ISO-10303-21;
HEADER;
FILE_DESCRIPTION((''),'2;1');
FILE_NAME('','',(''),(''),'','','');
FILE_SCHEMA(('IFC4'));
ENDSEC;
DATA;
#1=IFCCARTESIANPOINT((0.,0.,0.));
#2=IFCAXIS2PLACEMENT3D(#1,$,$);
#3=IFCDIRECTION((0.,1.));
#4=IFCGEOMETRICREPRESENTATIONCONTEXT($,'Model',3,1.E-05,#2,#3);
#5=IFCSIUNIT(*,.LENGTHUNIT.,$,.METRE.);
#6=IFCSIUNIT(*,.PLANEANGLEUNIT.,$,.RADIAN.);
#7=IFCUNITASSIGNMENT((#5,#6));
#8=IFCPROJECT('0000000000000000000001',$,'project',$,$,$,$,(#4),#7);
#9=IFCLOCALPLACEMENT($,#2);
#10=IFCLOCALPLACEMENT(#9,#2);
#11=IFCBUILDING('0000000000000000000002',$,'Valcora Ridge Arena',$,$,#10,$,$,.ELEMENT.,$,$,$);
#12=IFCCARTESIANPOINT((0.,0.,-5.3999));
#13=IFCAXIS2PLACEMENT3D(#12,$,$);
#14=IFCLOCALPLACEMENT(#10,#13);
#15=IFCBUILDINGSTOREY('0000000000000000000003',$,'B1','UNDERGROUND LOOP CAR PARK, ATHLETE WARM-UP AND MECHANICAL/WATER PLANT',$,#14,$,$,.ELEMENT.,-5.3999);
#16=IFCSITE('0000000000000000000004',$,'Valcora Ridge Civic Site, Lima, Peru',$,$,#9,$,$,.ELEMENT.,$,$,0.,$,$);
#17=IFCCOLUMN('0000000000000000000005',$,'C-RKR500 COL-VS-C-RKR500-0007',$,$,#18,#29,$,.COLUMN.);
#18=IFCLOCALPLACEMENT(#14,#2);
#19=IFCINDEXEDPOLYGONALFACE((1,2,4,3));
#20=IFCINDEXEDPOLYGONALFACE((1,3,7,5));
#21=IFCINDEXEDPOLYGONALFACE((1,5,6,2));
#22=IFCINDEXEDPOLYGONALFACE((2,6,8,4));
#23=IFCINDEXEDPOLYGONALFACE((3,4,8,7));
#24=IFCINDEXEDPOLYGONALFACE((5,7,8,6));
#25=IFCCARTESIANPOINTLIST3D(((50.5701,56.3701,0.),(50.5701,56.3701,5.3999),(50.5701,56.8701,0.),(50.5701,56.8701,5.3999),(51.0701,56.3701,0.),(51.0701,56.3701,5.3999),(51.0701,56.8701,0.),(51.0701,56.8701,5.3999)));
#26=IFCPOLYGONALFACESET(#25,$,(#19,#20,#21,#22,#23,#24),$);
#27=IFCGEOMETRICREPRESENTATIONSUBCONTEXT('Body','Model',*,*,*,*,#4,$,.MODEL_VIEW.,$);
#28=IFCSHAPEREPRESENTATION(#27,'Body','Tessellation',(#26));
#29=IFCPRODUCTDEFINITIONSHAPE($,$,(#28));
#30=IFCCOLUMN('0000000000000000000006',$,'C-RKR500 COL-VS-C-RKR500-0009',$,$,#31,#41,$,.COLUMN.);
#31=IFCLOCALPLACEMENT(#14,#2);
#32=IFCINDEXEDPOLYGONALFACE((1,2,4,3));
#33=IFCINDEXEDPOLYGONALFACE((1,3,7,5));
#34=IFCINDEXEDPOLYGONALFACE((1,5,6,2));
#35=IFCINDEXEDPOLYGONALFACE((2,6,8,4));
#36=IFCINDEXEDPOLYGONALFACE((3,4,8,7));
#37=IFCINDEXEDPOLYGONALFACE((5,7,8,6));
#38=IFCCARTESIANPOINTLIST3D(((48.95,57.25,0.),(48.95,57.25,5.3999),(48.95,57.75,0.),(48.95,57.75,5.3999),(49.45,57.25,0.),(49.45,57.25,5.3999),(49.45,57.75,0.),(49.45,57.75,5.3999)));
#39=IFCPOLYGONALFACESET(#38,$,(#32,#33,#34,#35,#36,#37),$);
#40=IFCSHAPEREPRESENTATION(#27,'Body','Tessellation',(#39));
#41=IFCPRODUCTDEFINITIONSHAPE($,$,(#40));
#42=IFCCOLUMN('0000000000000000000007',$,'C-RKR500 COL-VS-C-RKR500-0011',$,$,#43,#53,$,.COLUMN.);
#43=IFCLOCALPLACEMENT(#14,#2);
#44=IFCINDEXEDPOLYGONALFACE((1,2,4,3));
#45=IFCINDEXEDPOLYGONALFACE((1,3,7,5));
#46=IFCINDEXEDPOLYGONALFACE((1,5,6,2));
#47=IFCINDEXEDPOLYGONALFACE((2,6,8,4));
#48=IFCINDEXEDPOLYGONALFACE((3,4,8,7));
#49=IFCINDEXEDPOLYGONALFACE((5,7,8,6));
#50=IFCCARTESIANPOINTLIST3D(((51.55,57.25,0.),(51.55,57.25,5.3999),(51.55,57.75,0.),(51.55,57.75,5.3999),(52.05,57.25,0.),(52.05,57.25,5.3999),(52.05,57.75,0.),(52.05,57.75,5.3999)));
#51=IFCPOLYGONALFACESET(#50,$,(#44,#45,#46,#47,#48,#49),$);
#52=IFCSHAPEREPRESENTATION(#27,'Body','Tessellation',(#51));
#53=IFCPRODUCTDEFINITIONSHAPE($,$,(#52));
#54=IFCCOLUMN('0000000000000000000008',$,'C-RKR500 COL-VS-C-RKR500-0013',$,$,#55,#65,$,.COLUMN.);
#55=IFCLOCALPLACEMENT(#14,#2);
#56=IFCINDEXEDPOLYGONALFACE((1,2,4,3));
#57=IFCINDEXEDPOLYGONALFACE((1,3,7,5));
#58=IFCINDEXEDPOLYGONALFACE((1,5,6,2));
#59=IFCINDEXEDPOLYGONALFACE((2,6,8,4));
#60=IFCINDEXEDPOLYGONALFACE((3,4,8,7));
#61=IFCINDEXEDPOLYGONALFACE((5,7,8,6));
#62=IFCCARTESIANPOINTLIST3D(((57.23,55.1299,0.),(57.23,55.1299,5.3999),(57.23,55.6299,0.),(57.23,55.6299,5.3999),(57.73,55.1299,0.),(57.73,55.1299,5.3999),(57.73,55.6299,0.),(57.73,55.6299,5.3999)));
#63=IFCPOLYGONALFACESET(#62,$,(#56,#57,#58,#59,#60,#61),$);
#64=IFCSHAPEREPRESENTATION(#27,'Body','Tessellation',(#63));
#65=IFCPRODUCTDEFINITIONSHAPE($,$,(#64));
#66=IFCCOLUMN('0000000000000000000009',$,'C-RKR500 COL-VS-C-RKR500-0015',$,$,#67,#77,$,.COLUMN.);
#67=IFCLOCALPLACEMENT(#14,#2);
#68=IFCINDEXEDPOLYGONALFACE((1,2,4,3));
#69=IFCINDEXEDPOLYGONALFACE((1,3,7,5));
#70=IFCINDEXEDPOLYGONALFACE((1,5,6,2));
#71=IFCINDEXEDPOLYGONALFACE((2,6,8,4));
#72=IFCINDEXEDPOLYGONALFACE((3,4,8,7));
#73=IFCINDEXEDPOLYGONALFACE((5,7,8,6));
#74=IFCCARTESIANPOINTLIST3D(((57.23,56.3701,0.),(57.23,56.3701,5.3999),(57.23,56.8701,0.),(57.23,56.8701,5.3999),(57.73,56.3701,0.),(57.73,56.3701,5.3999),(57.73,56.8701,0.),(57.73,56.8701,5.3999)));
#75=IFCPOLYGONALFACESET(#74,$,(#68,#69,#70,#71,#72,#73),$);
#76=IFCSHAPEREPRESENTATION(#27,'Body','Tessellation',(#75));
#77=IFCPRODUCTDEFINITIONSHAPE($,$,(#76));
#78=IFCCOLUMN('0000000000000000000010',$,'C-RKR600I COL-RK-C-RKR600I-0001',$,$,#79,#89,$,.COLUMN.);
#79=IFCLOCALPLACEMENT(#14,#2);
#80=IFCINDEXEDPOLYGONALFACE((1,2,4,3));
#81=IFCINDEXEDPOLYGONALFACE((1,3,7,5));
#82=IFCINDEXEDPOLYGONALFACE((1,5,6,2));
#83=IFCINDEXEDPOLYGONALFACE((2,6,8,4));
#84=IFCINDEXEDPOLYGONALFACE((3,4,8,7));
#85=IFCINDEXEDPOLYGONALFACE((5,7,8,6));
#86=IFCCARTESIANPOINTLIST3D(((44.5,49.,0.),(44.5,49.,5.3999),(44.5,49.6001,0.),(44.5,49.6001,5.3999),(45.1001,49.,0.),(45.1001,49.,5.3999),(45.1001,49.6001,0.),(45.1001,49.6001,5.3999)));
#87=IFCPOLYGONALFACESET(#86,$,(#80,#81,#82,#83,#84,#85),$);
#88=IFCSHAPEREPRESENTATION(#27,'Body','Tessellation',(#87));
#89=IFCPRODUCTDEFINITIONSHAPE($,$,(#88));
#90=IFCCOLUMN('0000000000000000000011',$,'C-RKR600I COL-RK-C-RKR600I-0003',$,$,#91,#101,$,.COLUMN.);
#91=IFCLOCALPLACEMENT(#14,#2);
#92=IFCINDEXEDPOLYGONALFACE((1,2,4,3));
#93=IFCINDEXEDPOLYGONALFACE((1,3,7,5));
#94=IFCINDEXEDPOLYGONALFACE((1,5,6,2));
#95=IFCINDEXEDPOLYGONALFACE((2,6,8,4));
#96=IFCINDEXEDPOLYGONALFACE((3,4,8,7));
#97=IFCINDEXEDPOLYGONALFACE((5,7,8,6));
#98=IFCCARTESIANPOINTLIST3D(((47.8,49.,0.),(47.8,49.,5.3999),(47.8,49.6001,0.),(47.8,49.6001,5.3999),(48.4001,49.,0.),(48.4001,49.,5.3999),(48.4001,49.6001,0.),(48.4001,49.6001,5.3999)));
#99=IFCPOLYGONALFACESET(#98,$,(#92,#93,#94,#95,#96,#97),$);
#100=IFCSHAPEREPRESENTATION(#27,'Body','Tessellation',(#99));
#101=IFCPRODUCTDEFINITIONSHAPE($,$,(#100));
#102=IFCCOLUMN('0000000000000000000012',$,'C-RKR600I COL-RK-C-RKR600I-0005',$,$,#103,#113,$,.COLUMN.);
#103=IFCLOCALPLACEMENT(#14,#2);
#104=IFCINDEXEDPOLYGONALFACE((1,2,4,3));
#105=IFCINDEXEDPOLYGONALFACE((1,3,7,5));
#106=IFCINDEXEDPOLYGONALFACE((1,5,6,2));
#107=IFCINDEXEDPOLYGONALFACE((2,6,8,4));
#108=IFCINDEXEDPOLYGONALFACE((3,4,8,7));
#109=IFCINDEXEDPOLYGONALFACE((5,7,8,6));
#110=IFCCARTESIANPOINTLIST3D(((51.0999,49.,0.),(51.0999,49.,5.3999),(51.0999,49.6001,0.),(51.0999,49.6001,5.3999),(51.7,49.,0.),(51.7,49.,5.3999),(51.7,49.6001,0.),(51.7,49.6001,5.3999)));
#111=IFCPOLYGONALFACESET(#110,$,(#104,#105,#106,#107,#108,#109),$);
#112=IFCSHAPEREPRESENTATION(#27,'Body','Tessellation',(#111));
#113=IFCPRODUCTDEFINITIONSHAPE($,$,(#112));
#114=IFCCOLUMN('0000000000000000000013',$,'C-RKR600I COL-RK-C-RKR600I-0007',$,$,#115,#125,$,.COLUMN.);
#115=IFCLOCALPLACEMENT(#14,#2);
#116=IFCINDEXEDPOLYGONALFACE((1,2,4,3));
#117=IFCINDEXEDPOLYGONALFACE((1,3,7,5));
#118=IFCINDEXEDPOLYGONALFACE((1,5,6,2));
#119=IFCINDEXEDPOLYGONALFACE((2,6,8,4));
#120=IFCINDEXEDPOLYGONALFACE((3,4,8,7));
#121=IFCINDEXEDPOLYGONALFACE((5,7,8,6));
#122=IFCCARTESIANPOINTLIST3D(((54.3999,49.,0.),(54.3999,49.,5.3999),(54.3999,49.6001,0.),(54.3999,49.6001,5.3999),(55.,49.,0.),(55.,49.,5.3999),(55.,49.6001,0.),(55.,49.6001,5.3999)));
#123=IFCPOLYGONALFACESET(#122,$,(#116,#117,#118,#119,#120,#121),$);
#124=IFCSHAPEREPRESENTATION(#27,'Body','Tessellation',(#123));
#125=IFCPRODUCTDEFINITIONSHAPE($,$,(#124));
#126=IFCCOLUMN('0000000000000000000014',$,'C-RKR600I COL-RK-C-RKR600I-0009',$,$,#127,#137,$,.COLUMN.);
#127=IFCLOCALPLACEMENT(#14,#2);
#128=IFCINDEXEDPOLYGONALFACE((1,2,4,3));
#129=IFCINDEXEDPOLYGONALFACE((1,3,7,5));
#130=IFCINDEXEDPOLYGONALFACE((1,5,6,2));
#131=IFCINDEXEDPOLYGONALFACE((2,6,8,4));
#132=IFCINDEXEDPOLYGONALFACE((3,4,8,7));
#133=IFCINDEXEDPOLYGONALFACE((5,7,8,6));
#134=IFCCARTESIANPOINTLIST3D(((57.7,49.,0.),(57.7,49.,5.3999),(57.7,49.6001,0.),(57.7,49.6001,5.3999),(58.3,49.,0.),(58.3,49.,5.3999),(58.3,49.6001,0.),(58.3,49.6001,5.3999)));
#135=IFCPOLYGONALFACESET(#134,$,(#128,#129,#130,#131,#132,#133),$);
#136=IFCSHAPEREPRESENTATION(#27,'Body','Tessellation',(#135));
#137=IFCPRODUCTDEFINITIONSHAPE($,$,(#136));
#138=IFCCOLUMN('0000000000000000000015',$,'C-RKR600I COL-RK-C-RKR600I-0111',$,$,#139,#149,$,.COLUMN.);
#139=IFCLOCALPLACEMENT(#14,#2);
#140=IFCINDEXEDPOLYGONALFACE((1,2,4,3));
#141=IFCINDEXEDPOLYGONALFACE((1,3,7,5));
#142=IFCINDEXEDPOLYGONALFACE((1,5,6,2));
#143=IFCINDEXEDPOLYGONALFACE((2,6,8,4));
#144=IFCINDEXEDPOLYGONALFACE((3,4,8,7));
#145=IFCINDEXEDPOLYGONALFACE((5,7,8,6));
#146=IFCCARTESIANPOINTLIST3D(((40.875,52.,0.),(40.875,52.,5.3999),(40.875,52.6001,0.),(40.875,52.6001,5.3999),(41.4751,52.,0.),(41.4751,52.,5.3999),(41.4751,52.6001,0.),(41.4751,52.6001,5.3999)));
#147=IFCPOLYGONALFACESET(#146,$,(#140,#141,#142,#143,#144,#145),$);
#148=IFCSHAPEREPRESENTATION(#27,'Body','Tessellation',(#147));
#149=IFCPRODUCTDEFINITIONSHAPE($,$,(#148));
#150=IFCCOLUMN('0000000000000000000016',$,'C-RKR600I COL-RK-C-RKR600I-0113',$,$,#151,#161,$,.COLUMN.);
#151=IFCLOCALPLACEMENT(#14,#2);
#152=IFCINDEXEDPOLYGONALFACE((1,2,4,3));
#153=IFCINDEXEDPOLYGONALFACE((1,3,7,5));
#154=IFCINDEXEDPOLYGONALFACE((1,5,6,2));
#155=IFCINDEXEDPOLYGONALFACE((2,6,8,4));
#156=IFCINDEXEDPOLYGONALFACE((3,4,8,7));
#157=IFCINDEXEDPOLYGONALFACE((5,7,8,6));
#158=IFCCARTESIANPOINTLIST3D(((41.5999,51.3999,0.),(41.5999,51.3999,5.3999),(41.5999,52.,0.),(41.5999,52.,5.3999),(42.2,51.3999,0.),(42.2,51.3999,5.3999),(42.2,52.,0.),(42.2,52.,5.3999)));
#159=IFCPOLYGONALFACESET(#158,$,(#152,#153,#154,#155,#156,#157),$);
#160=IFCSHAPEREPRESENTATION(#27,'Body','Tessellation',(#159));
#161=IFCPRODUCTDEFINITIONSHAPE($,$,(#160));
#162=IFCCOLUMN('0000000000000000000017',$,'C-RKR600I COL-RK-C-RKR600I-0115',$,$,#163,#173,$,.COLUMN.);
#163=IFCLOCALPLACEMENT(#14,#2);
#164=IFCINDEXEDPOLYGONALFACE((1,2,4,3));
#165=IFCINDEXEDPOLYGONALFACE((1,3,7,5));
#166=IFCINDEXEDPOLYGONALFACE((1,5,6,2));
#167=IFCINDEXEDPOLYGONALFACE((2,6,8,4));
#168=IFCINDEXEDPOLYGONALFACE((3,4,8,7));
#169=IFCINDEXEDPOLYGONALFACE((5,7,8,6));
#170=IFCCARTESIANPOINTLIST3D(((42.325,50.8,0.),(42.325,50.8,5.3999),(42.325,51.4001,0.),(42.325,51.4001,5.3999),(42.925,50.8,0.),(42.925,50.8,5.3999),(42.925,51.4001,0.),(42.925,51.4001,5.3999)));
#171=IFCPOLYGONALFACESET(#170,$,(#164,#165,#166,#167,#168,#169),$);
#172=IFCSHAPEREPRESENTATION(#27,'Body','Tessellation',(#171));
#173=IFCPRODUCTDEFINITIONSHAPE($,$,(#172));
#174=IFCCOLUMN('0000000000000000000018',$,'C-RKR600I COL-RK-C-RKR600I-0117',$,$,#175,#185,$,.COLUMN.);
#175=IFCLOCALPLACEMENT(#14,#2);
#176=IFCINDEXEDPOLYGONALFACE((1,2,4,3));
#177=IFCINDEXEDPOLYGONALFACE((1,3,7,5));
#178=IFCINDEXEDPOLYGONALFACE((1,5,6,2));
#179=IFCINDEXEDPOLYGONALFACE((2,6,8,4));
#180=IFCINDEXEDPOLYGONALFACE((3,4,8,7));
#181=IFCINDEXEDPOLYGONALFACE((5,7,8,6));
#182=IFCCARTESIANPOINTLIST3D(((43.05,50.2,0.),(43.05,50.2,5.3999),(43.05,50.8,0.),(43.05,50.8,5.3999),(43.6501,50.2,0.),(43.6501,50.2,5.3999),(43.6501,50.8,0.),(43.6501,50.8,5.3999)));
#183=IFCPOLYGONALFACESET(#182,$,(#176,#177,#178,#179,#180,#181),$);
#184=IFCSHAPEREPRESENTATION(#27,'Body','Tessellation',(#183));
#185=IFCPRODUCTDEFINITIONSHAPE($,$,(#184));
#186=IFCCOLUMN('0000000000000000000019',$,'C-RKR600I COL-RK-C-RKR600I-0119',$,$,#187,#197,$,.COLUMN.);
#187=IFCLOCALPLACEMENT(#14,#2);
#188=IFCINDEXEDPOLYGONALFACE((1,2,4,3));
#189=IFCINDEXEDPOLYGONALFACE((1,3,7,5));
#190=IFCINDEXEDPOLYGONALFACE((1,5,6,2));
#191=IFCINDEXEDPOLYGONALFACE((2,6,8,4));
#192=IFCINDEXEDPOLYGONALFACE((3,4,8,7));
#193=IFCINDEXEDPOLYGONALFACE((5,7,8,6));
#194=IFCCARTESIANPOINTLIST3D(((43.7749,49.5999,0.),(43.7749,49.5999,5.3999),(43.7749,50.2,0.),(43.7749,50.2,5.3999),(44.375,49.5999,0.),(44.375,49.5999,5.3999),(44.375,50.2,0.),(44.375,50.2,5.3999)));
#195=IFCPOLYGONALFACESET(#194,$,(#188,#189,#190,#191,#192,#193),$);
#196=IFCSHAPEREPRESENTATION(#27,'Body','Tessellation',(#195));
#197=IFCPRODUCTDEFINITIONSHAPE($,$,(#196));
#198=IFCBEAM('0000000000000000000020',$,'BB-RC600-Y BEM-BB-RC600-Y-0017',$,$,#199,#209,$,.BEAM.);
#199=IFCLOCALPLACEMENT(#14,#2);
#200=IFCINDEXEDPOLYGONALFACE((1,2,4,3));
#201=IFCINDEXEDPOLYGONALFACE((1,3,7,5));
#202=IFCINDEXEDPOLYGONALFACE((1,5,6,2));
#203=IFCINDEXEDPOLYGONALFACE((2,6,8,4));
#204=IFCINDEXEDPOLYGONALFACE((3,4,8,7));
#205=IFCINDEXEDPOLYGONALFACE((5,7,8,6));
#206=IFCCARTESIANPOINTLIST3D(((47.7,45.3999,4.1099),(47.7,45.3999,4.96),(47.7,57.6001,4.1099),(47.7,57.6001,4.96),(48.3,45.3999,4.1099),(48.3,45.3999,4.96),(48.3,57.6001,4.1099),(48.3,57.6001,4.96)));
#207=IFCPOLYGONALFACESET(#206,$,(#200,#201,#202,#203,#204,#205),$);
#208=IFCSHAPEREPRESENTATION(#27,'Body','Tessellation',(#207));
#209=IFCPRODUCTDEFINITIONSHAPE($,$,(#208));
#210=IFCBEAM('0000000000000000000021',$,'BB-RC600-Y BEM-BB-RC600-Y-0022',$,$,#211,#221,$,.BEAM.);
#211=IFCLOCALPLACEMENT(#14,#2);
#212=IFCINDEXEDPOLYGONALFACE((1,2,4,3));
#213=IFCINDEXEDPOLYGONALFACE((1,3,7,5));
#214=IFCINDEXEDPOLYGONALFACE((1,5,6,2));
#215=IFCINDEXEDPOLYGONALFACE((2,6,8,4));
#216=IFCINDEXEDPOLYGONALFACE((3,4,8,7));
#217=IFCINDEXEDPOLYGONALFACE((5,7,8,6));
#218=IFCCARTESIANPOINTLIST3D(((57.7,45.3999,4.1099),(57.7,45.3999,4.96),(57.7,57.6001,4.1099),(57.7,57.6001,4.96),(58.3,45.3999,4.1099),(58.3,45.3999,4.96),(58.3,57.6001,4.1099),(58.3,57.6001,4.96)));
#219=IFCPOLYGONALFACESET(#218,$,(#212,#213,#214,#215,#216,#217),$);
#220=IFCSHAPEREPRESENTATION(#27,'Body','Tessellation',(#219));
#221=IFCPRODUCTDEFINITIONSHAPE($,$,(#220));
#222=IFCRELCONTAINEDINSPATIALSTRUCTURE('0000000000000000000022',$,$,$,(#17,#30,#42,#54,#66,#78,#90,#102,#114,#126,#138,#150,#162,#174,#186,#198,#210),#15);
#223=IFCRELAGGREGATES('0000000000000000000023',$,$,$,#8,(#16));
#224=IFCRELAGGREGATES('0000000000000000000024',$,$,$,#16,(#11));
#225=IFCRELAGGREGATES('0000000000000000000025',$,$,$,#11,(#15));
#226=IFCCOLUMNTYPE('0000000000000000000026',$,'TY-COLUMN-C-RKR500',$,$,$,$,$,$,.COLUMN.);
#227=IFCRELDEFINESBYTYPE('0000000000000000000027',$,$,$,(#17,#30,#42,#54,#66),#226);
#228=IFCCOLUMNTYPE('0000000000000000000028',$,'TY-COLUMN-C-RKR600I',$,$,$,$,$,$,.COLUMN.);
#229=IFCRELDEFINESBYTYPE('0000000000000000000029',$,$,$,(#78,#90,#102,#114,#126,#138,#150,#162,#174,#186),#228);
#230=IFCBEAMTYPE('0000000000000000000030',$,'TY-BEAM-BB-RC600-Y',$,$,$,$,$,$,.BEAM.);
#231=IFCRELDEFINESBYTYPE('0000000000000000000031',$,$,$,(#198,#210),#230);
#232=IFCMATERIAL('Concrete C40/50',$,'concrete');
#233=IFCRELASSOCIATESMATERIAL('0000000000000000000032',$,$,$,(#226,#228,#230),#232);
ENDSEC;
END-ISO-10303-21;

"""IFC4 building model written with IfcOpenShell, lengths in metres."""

from ifc_helpers import new_model, si_unit, direction, frame, origin, origin_2d, place, context, subcontext, project, spatial, rectangle, extrude, material, material_profile, profile_set, type_object, element, save


model = new_model("IFC4")

# Units and contexts
model_context = context("Model", 3, precision=1e-05, world=origin(), true_north=direction((0.0, 1.0)))
body_context = subcontext(model_context, "Body", "Model", "MODEL_VIEW")
ifc_project = project(units=[si_unit("LENGTHUNIT", "METRE"), si_unit("PLANEANGLEUNIT", "RADIAN")], contexts=[model_context])

# Site, building, storey
site_placement = place(None, origin())
site = spatial("IfcSite", under=ifc_project, at=site_placement, Name="Valcora Ridge Civic Site, Lima, Peru", CompositionType="ELEMENT", RefElevation=0.0)
building_placement = place(site_placement, origin())
building = spatial("IfcBuilding", under=site, at=building_placement, Name="Valcora Ridge Arena", CompositionType="ELEMENT")
storey_placement = place(building_placement, frame((0.0, 0.0, -5.3999)))
storey = spatial("IfcBuildingStorey", under=building, at=storey_placement, Name="B1", Description="UNDERGROUND LOOP CAR PARK, ATHLETE WARM-UP AND MECHANICAL/WATER PLANT", CompositionType="ELEMENT", Elevation=-5.3999)

# Shared definitions
ifc_material_1 = material(Name="Concrete C40/50", Category="concrete")

# Columns
ifc_material_profile_1 = material_profile(ifc_material_1, rectangle(XDim=0.5, YDim=0.5, at=origin_2d()), Name="RC 500x500")
ifc_profile_set_1 = profile_set([ifc_material_profile_1], Name="Concrete C40/50")
column_type_1 = type_object("IfcColumnType", Name="TY-COLUMN-C-RKR500", PredefinedType="COLUMN", material=ifc_profile_set_1)
for number, where, z_axis, x_axis, name in (
    (1, (50.8201, 56.6201, 0.0), (0.0, 0.0, 1.0), (1.0, 0.0, 0.0), "C-RKR500 COL-VS-C-RKR500-0007"),
    (2, (49.2, 57.5, 0.0), (0.0, 0.0, 1.0), (1.0, 0.0, 0.0), "C-RKR500 COL-VS-C-RKR500-0009"),
    (3, (51.8, 57.5, 0.0), (0.0, 0.0, 1.0), (1.0, 0.0, 0.0), "C-RKR500 COL-VS-C-RKR500-0011"),
    (4, (57.48, 55.3799, 0.0), (0.0, 0.0, 1.0), (1.0, 0.0, 0.0), "C-RKR500 COL-VS-C-RKR500-0013"),
    (5, (57.48, 56.6201, 0.0), (0.0, 0.0, 1.0), (1.0, 0.0, 0.0), "C-RKR500 COL-VS-C-RKR500-0015"),
):
    element("IfcColumn", number, at=place(storey_placement, frame(where, z_axis=z_axis, x_axis=x_axis)), inside=storey, type_object=column_type_1, Name=name, PredefinedType="COLUMN", context=body_context, shape_type="SweptSolid", body=[
        extrude(rectangle(XDim=0.5, YDim=0.5, at=origin_2d()), origin(), (0.0, 0.0, 1.0), 5.3999),
    ])
ifc_material_profile_2 = material_profile(ifc_material_1, rectangle(XDim=0.6001, YDim=0.6001, at=origin_2d()), Name="RC 600x600")
ifc_profile_set_2 = profile_set([ifc_material_profile_2], Name="Concrete C40/50")
column_type_2 = type_object("IfcColumnType", Name="TY-COLUMN-C-RKR600I", PredefinedType="COLUMN", material=ifc_profile_set_2)
for number, where, z_axis, x_axis, name in (
    (6, (44.8, 49.3, 0.0), (0.0, 0.0, 1.0), (1.0, 0.0, 0.0), "C-RKR600I COL-RK-C-RKR600I-0001"),
    (7, (48.1001, 49.3, 0.0), (0.0, 0.0, 1.0), (1.0, 0.0, 0.0), "C-RKR600I COL-RK-C-RKR600I-0003"),
    (8, (51.3999, 49.3, 0.0), (0.0, 0.0, 1.0), (1.0, 0.0, 0.0), "C-RKR600I COL-RK-C-RKR600I-0005"),
    (9, (54.7, 49.3, 0.0), (0.0, 0.0, 1.0), (1.0, 0.0, 0.0), "C-RKR600I COL-RK-C-RKR600I-0007"),
    (10, (58.0, 49.3, 0.0), (0.0, 0.0, 1.0), (1.0, 0.0, 0.0), "C-RKR600I COL-RK-C-RKR600I-0009"),
    (11, (41.175, 52.3, 0.0), (0.0, 0.0, 1.0), (1.0, 0.0, 0.0), "C-RKR600I COL-RK-C-RKR600I-0111"),
    (12, (41.8999, 51.7, 0.0), (0.0, 0.0, 1.0), (1.0, 0.0, 0.0), "C-RKR600I COL-RK-C-RKR600I-0113"),
    (13, (42.625, 51.1001, 0.0), (0.0, 0.0, 1.0), (1.0, 0.0, 0.0), "C-RKR600I COL-RK-C-RKR600I-0115"),
    (14, (43.3501, 50.5, 0.0), (0.0, 0.0, 1.0), (1.0, 0.0, 0.0), "C-RKR600I COL-RK-C-RKR600I-0117"),
    (15, (44.075, 49.8999, 0.0), (0.0, 0.0, 1.0), (1.0, 0.0, 0.0), "C-RKR600I COL-RK-C-RKR600I-0119"),
):
    element("IfcColumn", number, at=place(storey_placement, frame(where, z_axis=z_axis, x_axis=x_axis)), inside=storey, type_object=column_type_2, Name=name, PredefinedType="COLUMN", context=body_context, shape_type="SweptSolid", body=[
        extrude(rectangle(XDim=0.6001, YDim=0.6001, at=origin_2d()), origin(), (0.0, 0.0, 1.0), 5.3999),
    ])

# Beams
ifc_material_profile_3 = material_profile(ifc_material_1, rectangle(XDim=0.6001, YDim=0.8501, at=origin_2d()), Name="RC 600x850")
ifc_profile_set_3 = profile_set([ifc_material_profile_3], Name="Concrete C40/50")
beam_type = type_object("IfcBeamType", Name="TY-BEAM-BB-RC600-Y", PredefinedType="BEAM", material=ifc_profile_set_3)
for number, where, z_axis, x_axis, name in (
    (16, (48.0, 45.3999, 4.5349), (0.0, 1.0, 0.0), (-1.0, 0.0, 0.0), "BB-RC600-Y BEM-BB-RC600-Y-0017"),
    (17, (58.0, 45.3999, 4.5349), (0.0, 1.0, 0.0), (-1.0, 0.0, 0.0), "BB-RC600-Y BEM-BB-RC600-Y-0022"),
):
    element("IfcBeam", number, at=place(storey_placement, frame(where, z_axis=z_axis, x_axis=x_axis)), inside=storey, type_object=beam_type, Name=name, PredefinedType="BEAM", context=body_context, shape_type="SweptSolid", body=[
        extrude(rectangle(XDim=0.6001, YDim=0.8501, at=origin_2d()), origin(), (0.0, 0.0, 1.0), 12.2002),
    ])

save(model, "model.ifc")
